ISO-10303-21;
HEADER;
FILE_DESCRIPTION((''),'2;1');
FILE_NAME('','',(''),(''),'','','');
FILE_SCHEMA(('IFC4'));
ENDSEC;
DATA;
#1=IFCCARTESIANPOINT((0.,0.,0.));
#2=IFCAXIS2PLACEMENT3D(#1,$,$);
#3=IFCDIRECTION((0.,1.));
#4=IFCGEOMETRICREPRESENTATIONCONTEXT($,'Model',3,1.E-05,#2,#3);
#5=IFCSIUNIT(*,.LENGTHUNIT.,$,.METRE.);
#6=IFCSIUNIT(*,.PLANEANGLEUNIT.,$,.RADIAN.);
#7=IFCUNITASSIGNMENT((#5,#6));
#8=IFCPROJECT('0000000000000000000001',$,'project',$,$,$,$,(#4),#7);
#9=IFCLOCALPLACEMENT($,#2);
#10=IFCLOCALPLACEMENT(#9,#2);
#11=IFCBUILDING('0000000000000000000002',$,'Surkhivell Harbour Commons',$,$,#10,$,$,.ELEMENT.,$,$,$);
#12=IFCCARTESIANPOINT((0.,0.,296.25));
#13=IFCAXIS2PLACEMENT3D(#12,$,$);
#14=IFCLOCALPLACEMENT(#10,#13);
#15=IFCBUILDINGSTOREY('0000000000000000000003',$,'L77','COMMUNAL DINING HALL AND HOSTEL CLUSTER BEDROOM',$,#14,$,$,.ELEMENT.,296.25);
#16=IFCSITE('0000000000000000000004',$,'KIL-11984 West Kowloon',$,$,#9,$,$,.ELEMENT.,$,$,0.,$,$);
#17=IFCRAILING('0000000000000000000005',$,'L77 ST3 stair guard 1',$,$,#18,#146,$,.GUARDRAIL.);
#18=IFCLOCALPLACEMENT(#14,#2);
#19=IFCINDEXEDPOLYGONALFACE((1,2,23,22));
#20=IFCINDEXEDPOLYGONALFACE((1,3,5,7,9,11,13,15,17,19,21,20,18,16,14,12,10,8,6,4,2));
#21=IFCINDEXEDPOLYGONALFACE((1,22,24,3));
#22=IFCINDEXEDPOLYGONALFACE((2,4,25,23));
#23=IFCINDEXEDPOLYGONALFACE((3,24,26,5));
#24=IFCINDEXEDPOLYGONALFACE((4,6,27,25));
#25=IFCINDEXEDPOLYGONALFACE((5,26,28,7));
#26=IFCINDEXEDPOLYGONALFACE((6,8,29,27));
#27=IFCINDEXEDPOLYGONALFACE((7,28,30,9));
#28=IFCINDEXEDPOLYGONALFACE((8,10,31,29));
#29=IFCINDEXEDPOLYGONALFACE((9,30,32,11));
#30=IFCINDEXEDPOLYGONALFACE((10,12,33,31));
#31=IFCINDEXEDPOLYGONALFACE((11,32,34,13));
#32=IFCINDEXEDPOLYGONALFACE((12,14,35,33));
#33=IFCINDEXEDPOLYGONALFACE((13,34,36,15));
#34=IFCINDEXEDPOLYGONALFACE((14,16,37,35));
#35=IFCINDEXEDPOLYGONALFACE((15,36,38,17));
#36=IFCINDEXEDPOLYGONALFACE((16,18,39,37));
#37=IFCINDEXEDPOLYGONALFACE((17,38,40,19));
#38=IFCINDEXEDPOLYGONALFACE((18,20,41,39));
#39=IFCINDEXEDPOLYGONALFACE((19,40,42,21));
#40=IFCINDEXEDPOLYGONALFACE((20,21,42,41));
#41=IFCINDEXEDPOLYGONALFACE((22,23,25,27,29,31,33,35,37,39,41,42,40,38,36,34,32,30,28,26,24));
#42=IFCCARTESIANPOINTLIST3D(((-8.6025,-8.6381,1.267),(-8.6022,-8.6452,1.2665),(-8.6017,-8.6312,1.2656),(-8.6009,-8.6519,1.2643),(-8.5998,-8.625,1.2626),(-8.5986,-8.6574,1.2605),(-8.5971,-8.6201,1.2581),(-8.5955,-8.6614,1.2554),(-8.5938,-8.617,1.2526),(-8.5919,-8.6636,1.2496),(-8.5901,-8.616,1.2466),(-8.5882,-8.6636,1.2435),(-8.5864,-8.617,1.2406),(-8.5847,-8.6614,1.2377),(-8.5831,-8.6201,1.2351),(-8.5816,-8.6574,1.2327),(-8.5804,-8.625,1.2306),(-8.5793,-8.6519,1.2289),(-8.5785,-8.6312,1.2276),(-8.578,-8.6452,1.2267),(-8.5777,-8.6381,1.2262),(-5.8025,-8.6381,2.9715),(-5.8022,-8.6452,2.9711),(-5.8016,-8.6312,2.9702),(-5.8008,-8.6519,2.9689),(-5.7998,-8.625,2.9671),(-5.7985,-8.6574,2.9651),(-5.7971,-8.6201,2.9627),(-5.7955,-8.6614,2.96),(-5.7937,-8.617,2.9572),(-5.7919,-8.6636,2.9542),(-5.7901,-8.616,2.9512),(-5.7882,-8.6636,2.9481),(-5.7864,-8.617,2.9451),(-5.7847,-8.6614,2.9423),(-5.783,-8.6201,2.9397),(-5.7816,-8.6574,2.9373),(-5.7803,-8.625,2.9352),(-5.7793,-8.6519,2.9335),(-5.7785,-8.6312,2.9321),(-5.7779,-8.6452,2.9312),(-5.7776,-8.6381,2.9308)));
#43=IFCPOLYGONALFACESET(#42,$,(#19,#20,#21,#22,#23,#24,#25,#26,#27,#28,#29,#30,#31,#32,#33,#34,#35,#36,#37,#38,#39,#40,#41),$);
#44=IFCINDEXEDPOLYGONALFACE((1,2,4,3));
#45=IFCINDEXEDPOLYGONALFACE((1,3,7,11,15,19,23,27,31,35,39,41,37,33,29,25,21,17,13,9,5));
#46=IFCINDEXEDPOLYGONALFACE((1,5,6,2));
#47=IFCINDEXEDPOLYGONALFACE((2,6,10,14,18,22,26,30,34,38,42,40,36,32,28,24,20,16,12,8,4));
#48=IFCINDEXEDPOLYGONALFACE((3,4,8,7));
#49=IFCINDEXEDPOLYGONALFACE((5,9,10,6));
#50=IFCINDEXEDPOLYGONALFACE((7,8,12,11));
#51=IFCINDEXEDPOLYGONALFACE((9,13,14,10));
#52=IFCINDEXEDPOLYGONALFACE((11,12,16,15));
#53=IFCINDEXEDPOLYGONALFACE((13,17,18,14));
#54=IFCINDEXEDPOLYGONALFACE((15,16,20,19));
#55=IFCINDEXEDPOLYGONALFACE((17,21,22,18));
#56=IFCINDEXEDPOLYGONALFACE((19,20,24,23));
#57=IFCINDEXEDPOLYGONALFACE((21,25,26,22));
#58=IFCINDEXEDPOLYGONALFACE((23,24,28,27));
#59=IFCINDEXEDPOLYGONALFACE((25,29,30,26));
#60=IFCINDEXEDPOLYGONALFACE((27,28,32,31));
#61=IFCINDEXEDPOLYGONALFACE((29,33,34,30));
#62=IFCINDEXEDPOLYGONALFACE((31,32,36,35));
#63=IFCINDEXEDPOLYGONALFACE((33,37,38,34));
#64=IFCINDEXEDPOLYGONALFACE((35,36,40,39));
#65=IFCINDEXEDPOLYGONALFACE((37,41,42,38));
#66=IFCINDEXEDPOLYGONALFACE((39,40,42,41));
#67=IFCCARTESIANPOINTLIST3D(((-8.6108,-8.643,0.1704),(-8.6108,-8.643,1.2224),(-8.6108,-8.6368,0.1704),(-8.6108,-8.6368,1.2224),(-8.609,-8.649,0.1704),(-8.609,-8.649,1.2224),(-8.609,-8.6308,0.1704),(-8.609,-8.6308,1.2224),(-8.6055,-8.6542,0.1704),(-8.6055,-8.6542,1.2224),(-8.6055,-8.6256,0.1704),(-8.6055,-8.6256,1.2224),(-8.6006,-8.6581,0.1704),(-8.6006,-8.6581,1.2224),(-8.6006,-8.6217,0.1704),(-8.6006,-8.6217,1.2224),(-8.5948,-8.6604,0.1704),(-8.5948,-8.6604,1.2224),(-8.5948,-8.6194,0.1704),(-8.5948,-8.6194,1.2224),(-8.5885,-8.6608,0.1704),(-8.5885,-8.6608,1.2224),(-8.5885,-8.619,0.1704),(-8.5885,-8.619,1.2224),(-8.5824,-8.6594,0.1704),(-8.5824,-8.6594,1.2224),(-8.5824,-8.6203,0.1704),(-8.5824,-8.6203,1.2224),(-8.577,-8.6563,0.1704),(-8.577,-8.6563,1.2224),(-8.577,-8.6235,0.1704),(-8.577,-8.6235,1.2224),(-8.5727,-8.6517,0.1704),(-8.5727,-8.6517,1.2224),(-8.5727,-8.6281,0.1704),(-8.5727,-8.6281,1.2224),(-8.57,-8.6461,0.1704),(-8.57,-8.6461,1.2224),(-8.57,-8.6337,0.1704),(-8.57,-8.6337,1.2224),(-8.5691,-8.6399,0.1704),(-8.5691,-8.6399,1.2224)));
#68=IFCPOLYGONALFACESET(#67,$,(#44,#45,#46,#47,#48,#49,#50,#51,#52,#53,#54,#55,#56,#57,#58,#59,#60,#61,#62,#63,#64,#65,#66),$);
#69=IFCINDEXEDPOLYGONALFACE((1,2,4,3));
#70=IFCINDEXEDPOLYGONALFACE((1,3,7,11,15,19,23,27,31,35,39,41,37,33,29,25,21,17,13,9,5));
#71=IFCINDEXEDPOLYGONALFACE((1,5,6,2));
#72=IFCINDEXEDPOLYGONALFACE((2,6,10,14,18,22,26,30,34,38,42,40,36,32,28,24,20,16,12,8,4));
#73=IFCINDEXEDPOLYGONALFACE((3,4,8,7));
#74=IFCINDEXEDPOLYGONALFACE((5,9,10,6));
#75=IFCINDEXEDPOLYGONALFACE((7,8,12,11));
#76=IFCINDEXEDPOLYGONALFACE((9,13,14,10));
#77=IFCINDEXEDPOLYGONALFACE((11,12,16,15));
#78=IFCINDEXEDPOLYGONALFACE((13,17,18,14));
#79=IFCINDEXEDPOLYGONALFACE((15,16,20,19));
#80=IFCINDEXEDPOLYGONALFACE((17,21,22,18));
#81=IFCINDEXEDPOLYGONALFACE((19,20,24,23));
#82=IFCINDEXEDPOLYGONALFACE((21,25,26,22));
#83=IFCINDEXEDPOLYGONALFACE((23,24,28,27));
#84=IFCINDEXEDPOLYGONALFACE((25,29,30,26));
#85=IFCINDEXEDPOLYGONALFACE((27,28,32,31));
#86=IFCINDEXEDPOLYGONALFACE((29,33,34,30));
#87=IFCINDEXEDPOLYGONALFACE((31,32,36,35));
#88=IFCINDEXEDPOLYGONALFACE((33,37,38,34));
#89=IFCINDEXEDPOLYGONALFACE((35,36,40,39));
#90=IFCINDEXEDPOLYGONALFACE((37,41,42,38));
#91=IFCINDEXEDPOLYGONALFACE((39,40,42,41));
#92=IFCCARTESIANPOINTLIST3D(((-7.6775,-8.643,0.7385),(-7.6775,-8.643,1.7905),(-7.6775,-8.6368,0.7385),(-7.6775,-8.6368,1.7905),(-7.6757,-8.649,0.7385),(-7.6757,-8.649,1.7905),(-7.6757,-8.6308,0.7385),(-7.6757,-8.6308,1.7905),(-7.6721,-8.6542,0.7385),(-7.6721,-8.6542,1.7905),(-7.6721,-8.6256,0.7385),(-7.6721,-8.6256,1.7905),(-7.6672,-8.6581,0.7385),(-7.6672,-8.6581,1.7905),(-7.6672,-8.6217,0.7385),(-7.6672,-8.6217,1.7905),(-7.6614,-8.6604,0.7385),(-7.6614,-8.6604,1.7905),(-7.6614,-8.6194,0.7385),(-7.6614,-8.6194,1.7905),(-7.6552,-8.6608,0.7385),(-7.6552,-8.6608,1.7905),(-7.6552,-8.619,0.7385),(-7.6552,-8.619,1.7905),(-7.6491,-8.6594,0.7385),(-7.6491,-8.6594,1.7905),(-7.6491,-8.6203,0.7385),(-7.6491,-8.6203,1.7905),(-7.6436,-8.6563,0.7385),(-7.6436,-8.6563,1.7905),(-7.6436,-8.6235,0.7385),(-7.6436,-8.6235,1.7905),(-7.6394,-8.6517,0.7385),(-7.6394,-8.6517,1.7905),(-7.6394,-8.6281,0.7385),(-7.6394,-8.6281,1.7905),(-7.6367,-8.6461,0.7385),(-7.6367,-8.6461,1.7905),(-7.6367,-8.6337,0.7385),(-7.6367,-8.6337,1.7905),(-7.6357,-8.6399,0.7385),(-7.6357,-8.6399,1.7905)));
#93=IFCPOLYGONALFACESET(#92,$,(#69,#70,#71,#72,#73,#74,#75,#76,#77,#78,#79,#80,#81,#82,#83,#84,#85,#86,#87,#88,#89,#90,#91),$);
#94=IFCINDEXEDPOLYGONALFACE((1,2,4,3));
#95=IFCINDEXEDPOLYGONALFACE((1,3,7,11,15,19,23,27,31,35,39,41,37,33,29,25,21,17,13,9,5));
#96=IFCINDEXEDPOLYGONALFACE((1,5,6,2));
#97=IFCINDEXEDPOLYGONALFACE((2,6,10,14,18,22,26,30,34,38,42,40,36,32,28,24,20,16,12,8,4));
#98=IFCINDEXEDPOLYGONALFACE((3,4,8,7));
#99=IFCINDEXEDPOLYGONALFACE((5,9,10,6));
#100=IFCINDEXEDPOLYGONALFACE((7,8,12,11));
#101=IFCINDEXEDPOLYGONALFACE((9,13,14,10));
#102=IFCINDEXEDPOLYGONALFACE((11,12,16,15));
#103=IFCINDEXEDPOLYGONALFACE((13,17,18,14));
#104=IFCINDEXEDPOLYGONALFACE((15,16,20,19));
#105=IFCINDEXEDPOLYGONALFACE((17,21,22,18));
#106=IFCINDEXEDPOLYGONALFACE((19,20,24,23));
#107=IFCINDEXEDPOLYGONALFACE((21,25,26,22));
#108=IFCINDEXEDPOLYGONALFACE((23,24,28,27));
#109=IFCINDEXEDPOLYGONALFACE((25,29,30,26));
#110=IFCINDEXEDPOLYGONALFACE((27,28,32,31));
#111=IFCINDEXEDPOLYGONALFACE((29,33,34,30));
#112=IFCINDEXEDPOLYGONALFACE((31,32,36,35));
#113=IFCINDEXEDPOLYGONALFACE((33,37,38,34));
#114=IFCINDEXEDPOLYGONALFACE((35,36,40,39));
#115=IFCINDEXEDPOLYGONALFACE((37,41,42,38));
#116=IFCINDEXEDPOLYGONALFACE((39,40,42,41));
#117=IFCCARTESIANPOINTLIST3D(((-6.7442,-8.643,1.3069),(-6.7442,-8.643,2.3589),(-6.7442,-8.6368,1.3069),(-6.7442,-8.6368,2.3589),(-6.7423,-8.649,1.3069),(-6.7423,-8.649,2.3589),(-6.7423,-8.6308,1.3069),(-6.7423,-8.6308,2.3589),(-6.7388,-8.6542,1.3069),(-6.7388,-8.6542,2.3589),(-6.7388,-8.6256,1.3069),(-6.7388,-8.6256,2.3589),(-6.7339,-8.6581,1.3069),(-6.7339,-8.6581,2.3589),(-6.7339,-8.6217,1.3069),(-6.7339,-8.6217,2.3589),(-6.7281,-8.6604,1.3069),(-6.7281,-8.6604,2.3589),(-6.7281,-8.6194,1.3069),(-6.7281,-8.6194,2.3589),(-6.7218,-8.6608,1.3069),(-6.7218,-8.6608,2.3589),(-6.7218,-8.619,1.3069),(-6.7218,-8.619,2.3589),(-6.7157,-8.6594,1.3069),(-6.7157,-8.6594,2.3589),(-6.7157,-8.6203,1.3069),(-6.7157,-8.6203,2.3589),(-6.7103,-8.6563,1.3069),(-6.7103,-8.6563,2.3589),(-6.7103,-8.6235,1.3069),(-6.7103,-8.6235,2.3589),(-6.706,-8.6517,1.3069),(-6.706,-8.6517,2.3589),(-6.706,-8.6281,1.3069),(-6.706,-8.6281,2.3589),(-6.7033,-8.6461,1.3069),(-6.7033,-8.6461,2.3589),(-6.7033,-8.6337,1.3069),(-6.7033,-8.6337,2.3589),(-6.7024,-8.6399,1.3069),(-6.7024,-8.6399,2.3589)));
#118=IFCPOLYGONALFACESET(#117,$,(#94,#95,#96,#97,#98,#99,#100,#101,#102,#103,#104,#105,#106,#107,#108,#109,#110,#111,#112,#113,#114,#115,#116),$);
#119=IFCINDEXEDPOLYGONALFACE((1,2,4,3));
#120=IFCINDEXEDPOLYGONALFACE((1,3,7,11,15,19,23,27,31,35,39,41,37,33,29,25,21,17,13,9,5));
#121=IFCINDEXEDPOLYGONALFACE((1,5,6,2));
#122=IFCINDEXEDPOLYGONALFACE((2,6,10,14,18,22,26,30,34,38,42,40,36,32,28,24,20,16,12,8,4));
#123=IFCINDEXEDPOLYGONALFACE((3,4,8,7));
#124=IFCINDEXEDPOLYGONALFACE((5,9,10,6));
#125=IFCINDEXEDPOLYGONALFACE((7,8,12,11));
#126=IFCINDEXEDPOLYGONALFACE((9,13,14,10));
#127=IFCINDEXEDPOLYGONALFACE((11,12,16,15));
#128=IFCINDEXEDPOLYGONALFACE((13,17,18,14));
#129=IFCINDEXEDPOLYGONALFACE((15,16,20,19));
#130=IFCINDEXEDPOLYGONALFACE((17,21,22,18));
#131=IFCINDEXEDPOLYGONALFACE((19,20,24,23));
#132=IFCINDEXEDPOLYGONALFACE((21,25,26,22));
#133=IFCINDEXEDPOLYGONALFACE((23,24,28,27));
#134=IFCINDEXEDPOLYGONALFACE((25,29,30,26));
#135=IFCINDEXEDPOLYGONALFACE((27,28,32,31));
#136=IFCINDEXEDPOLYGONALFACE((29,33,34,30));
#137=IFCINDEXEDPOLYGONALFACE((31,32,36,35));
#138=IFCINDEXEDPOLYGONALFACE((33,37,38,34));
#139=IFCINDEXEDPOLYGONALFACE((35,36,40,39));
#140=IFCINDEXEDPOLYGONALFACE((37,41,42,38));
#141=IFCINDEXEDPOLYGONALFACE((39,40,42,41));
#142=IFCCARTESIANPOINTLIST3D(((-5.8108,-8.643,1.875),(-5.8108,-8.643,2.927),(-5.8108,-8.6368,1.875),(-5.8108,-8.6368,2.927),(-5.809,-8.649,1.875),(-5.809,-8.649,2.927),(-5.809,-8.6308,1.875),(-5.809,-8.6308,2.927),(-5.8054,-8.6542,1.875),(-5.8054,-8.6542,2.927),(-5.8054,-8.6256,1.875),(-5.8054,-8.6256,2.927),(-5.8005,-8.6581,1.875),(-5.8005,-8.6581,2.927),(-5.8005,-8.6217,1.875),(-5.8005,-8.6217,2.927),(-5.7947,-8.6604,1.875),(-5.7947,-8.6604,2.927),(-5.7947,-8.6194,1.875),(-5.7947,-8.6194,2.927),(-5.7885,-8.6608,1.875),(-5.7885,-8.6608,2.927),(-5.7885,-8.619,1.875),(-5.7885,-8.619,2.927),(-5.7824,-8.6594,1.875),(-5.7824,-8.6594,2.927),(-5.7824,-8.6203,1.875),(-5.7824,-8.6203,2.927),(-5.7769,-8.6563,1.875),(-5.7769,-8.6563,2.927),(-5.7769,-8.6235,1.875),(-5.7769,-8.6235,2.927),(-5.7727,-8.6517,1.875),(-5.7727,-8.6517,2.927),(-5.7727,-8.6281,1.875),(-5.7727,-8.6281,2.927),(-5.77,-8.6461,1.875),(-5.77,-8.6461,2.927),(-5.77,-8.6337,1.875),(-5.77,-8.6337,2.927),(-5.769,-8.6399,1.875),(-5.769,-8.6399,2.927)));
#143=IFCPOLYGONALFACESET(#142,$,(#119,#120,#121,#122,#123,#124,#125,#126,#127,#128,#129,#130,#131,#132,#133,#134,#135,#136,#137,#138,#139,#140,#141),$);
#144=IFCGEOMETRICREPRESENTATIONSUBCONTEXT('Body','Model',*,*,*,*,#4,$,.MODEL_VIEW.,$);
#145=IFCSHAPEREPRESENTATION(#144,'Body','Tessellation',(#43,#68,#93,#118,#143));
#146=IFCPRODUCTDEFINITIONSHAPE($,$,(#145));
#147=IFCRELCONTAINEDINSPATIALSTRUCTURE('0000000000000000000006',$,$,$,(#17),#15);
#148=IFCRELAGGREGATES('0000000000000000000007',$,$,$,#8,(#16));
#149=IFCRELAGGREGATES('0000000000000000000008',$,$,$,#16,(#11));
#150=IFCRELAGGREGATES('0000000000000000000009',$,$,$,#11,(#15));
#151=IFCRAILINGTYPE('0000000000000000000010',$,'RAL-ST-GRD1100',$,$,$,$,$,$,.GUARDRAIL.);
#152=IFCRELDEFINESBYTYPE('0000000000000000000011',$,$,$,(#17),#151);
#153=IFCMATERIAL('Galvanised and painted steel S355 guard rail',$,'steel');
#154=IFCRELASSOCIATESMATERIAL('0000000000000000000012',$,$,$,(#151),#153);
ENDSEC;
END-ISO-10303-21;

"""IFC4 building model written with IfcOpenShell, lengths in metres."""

from ifc_helpers import new_model, si_unit, direction, frame, origin, origin_2d, place, context, subcontext, project, spatial, circle, extrude, material, type_object, element, save


model = new_model("IFC4")

# Units and contexts
model_context = context("Model", 3, precision=1e-05, world=origin(), true_north=direction((0.0, 1.0)))
body_context = subcontext(model_context, "Body", "Model", "MODEL_VIEW")
ifc_project = project(units=[si_unit("LENGTHUNIT", "METRE"), si_unit("PLANEANGLEUNIT", "RADIAN")], contexts=[model_context])

# Site, building, storey
site_placement = place(None, origin())
site = spatial("IfcSite", under=ifc_project, at=site_placement, Name="KIL-11984 West Kowloon", CompositionType="ELEMENT", RefElevation=0.0)
building_placement = place(site_placement, origin())
building = spatial("IfcBuilding", under=site, at=building_placement, Name="Surkhivell Harbour Commons", CompositionType="ELEMENT")
storey_placement = place(building_placement, frame((0.0, 0.0, 296.25)))
storey = spatial("IfcBuildingStorey", under=building, at=storey_placement, Name="L77", Description="COMMUNAL DINING HALL AND HOSTEL CLUSTER BEDROOM", CompositionType="ELEMENT", Elevation=296.25)

# Railing
ifc_material_1 = material(Name="Galvanised and painted steel S355 guard rail", Category="steel")
railing_type_1 = type_object("IfcRailingType", Name="RAL-ST-GRD1100", PredefinedType="GUARDRAIL", material=ifc_material_1)
railing_1_placement = place(storey_placement, frame((-8.5901, -8.6399, 0.1704)))
element("IfcRailing", 1, at=railing_1_placement, inside=storey, type_object=railing_type_1, Name="L77 ST3 stair guard 1", PredefinedType="GUARDRAIL", context=body_context, shape_type="SweptSolid", body=[
    extrude(circle(Radius=0.0239, at=origin_2d()), frame((0.0, 0.0, 1.0762), z_axis=(0.85417, 0.0, 0.519994), x_axis=(0.0, 1.0, 0.0)), (0.0, 0.0, 1.0), 3.2781),
    extrude(circle(Radius=0.021, at=origin_2d()), origin(), (0.0, 0.0, 1.0), 1.052),
    extrude(circle(Radius=0.021, at=origin_2d()), frame((0.9333, 0.0, 0.5681)), (0.0, 0.0, 1.0), 1.052),
    extrude(circle(Radius=0.021, at=origin_2d()), frame((1.8667, 0.0, 1.1365)), (0.0, 0.0, 1.0), 1.052),
    extrude(circle(Radius=0.021, at=origin_2d()), frame((2.8, 0.0, 1.7046)), (0.0, 0.0, 1.0), 1.052),
])

save(model, "model.ifc")
